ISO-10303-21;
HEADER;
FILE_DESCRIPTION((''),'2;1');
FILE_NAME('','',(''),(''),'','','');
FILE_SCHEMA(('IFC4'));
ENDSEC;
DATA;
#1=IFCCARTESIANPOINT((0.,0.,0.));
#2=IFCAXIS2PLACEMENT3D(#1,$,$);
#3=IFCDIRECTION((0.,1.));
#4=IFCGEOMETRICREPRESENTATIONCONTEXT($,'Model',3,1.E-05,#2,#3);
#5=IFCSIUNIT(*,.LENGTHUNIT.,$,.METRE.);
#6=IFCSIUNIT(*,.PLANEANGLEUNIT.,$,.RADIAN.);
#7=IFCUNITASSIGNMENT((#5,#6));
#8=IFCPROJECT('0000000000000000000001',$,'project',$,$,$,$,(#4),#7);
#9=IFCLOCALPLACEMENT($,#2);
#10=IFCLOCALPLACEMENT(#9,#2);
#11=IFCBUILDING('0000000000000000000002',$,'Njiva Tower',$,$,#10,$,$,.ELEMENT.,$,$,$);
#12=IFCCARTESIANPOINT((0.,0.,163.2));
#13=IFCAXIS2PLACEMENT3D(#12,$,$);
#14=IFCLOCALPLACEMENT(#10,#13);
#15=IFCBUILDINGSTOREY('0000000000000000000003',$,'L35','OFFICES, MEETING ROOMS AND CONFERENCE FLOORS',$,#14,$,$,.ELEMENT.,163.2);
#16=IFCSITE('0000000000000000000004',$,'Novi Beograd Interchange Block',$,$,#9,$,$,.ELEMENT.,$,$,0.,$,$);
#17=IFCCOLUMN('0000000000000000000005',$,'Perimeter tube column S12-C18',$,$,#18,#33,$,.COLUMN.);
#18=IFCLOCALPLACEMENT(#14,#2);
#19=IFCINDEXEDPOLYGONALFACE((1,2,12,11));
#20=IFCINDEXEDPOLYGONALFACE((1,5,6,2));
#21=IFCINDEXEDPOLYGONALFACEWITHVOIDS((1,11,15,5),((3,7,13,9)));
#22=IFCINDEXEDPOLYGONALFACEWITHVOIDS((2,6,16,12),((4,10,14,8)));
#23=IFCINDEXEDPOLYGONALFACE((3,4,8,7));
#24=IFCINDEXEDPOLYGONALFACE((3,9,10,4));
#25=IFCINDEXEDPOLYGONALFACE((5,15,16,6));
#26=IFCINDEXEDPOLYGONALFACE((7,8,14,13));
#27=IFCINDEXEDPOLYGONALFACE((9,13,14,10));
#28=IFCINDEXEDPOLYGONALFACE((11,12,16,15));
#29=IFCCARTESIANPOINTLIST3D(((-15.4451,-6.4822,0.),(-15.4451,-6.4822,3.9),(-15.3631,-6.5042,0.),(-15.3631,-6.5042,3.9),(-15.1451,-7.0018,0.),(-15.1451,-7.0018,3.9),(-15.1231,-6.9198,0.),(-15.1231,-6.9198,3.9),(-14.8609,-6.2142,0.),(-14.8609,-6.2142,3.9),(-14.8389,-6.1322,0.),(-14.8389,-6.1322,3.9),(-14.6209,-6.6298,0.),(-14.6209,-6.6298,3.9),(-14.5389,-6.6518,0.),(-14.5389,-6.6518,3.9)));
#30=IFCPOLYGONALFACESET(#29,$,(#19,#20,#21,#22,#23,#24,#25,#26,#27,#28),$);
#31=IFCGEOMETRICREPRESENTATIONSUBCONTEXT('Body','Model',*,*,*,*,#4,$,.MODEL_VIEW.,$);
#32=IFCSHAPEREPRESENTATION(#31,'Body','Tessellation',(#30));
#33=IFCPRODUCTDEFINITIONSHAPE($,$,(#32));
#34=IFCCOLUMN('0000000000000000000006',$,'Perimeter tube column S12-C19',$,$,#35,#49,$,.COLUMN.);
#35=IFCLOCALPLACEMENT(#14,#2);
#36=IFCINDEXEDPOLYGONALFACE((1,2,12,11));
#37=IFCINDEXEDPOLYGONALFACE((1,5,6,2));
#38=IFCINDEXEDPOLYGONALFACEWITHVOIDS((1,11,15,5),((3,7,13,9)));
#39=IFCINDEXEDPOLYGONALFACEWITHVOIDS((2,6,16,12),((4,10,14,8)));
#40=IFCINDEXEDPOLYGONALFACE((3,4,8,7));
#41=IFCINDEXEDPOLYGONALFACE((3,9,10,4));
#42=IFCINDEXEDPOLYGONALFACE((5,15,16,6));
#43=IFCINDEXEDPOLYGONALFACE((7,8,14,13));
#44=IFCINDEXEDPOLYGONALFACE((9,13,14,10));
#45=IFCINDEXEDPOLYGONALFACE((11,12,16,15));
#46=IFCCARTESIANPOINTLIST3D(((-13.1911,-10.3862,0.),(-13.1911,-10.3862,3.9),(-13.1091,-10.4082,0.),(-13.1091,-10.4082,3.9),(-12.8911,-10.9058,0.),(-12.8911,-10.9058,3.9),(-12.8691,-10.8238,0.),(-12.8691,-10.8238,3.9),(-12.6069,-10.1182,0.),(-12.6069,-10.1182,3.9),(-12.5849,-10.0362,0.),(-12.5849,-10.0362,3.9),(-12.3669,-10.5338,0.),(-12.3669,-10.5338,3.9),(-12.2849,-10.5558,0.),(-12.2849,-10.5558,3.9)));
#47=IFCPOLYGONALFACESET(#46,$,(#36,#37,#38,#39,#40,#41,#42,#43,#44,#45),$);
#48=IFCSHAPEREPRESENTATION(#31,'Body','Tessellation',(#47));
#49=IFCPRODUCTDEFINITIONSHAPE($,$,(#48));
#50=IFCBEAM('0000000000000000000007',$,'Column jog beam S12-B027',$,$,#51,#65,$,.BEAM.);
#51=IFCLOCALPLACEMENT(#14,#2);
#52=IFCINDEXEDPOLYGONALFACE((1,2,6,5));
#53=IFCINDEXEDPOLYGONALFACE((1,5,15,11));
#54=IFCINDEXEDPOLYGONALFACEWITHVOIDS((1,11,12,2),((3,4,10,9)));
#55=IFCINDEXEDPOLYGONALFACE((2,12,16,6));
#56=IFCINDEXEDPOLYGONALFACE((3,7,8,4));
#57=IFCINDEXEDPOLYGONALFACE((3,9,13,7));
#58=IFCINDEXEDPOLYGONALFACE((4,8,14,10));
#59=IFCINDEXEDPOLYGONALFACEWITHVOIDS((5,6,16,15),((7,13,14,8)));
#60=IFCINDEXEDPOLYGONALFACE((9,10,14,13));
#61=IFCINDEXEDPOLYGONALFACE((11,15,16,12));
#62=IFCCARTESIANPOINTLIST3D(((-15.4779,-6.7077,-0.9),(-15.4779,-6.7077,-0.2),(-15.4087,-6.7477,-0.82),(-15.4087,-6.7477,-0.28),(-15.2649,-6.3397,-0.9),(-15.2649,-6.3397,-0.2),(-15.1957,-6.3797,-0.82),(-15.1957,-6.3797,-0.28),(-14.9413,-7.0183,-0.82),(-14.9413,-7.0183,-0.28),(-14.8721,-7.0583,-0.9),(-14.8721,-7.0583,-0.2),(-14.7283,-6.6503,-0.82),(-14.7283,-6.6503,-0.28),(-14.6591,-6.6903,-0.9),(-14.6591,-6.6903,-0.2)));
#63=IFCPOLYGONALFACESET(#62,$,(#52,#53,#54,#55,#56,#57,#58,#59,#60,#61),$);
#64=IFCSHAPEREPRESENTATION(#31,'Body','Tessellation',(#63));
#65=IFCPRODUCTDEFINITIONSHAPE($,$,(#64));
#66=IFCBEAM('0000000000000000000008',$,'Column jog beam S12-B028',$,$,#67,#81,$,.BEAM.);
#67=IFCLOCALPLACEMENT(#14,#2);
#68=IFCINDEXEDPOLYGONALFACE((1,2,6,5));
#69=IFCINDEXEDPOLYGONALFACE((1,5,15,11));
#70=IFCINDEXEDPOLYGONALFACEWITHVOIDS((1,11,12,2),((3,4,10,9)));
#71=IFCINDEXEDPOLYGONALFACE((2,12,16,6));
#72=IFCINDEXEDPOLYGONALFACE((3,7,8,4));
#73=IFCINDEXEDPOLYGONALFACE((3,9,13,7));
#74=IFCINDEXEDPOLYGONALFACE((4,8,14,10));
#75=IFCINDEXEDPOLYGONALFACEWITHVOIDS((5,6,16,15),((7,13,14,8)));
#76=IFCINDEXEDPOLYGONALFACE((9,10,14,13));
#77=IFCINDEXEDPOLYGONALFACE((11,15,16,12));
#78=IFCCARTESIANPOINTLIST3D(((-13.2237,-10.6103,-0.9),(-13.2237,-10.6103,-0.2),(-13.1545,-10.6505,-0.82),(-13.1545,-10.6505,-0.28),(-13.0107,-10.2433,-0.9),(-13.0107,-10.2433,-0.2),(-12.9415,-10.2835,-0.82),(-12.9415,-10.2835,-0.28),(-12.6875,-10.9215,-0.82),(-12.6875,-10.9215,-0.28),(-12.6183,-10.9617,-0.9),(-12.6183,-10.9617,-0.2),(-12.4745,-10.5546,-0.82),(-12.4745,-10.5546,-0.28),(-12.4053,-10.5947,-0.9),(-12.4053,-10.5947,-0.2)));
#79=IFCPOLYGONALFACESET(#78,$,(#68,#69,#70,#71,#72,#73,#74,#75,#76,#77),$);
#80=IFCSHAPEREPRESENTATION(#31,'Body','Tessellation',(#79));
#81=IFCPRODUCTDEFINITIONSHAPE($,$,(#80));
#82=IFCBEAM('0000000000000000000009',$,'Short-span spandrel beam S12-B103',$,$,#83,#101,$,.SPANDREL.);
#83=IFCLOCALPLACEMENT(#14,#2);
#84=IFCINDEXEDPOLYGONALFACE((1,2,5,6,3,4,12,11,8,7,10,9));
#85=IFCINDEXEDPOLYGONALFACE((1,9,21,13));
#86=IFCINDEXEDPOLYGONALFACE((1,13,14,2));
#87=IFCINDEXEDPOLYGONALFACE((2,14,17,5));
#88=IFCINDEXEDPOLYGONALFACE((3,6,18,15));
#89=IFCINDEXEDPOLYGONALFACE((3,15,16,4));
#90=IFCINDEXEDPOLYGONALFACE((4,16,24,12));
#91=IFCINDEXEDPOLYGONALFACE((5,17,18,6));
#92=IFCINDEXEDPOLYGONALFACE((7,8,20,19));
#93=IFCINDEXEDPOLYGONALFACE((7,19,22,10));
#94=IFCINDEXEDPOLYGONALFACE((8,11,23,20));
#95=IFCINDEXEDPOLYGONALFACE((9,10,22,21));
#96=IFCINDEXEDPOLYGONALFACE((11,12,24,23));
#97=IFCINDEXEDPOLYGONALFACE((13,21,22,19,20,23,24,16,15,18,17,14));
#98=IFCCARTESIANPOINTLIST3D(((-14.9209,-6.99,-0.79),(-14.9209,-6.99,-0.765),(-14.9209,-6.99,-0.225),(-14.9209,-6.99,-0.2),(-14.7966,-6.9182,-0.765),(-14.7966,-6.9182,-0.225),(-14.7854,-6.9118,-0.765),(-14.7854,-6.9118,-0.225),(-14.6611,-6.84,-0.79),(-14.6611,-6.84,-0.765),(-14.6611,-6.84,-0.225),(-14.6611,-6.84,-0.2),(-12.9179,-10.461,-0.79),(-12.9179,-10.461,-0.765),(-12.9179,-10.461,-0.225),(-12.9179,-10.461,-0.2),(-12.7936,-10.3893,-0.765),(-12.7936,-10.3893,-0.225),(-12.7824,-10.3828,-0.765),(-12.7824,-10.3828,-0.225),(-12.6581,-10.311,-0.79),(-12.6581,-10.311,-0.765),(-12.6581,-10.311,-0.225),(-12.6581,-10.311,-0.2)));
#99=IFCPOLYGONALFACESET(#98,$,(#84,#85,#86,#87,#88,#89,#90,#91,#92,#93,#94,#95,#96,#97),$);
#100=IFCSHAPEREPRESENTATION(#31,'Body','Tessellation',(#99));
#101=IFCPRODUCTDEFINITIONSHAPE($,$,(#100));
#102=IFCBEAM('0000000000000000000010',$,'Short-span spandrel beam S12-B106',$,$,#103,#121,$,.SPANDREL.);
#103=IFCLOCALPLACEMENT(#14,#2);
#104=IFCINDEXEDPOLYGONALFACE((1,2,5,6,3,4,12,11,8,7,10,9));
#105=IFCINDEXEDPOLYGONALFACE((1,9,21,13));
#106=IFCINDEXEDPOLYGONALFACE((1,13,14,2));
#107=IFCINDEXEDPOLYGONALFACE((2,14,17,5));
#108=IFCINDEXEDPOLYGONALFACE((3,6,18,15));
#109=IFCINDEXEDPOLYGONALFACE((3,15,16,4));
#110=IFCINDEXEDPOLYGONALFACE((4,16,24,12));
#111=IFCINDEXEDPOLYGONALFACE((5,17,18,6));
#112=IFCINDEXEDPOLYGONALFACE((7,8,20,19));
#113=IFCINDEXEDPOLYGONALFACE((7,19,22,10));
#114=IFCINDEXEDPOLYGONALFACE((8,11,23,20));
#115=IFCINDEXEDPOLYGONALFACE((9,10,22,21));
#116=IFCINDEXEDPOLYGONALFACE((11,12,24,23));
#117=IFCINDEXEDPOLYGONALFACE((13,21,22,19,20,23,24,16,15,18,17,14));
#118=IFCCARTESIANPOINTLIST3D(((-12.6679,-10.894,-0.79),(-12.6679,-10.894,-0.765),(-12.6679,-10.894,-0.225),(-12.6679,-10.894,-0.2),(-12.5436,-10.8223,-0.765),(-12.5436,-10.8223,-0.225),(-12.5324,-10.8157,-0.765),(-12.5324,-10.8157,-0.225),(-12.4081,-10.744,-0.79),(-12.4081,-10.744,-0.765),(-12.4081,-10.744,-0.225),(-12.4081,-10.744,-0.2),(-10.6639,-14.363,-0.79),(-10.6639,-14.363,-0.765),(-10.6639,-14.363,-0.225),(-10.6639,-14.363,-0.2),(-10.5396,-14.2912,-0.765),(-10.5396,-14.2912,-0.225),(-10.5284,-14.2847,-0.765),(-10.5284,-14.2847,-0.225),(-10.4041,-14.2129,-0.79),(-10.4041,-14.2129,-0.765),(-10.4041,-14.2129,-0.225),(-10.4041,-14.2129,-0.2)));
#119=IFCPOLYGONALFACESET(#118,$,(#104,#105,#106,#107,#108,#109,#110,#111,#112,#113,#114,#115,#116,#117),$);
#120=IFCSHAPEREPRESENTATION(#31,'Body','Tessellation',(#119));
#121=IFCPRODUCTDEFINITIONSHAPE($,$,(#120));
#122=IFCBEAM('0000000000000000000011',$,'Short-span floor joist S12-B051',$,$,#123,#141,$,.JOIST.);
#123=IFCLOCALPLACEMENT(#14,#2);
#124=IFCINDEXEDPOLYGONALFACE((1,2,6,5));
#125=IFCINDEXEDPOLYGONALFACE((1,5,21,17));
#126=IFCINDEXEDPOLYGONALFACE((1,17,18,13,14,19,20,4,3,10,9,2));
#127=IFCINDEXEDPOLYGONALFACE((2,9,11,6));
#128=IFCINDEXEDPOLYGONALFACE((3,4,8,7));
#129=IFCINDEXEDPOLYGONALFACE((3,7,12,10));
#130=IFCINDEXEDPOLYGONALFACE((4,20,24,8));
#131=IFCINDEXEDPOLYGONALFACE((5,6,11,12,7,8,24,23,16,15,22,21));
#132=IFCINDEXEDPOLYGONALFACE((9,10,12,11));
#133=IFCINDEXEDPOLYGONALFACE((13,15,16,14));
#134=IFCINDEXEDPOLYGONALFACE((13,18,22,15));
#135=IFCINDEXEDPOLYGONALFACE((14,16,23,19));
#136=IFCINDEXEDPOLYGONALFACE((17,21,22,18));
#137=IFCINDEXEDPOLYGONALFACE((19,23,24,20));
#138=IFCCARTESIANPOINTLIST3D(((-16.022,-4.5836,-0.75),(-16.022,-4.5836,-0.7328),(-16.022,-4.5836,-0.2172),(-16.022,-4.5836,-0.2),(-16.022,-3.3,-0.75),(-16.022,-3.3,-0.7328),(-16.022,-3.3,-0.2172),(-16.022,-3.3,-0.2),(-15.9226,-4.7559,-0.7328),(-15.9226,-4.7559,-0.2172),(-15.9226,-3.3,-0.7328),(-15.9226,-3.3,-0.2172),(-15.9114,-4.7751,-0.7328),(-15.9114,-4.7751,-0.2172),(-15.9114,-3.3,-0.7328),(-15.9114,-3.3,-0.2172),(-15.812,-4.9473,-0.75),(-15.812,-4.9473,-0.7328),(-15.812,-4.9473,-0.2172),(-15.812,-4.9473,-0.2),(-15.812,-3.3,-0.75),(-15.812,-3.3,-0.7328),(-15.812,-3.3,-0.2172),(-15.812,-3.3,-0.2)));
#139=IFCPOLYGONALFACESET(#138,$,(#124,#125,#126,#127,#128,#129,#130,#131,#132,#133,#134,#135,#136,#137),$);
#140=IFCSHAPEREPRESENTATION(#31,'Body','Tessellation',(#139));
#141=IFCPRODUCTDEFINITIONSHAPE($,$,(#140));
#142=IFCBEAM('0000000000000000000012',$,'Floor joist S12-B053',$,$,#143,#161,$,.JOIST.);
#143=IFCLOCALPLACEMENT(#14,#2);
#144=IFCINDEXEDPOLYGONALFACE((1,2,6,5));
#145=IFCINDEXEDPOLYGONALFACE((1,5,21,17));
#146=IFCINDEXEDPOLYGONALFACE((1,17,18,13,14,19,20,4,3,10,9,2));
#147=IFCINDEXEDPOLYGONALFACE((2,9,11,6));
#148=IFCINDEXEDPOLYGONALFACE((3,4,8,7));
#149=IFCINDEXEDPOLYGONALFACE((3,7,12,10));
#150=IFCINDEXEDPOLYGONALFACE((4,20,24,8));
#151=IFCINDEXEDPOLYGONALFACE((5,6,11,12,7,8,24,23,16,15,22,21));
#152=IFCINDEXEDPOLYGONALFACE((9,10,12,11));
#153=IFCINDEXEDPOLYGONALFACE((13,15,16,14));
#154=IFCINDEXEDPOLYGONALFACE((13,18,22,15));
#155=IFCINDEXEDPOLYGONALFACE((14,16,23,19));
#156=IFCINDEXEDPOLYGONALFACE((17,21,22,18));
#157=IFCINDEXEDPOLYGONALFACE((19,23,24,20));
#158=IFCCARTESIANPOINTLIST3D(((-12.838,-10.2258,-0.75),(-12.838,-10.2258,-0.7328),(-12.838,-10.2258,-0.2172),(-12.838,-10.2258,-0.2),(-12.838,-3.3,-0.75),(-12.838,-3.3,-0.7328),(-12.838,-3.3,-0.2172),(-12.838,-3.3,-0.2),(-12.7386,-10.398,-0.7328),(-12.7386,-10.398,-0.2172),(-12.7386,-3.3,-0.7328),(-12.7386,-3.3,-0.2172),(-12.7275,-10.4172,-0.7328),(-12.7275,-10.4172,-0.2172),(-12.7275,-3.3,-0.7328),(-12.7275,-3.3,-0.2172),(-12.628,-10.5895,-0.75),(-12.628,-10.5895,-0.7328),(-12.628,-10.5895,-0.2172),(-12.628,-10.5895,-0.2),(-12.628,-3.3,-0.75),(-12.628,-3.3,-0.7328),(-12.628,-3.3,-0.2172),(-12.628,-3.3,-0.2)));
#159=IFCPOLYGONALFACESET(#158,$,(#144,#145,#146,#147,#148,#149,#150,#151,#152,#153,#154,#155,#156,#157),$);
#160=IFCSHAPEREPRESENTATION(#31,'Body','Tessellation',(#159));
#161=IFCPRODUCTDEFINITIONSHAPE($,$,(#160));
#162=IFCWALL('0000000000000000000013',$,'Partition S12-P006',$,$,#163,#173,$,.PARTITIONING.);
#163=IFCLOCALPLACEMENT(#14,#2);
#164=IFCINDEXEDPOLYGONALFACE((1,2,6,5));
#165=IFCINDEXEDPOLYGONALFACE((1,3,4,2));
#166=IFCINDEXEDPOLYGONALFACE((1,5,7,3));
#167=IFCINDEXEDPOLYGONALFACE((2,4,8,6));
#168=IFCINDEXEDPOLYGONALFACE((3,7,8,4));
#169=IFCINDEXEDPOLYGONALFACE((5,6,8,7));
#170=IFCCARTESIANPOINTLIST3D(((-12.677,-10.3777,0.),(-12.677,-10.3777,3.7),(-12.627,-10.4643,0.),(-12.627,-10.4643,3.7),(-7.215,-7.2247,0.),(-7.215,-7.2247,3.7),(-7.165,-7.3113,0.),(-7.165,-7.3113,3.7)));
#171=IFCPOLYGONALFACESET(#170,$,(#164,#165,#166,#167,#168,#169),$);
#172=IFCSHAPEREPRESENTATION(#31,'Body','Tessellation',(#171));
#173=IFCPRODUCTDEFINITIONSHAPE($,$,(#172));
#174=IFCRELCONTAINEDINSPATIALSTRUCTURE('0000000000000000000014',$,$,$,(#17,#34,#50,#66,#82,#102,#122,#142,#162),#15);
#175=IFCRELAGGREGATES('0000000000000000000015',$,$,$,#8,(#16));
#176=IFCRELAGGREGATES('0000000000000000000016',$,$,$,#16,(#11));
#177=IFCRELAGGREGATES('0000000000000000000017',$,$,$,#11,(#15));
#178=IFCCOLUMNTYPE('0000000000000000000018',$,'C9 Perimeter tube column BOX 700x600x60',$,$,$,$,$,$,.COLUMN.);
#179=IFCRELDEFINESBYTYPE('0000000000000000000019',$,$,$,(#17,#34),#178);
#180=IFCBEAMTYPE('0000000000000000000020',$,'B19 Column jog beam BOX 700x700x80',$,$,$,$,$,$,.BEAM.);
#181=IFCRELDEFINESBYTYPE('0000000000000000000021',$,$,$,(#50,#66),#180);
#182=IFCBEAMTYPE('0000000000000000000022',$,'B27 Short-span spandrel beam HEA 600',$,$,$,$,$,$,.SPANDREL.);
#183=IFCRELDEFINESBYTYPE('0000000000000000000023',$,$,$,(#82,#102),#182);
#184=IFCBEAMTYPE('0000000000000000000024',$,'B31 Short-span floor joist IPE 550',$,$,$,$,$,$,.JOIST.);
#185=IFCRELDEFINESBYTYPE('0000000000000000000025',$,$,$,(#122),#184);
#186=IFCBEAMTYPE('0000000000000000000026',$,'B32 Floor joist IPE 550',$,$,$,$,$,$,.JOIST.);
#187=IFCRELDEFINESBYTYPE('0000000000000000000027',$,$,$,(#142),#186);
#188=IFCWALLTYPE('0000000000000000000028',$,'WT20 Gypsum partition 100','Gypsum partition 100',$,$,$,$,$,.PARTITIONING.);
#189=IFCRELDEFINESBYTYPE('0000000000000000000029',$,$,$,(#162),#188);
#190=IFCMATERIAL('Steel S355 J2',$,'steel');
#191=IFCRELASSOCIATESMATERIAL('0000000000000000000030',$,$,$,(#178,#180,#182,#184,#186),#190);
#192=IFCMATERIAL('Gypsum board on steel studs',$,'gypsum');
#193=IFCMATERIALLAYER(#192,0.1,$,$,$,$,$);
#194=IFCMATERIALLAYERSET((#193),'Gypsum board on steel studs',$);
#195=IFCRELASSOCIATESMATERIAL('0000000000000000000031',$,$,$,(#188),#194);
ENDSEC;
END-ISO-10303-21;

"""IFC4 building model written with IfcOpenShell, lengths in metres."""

from ifc_helpers import new_model, si_unit, direction, frame, frame_2d, origin, origin_2d, place, context, subcontext, project, spatial, rectangle, hollow_rectangle, i_section, extrude, clip, halfspace, material, layer, layer_set, material_profile, profile_set, type_object, element, save


model = new_model("IFC4")

# Units and contexts
model_context = context("Model", 3, precision=1e-05, world=origin(), true_north=direction((0.0, 1.0)))
body_context = subcontext(model_context, "Body", "Model", "MODEL_VIEW")
ifc_project = project(units=[si_unit("LENGTHUNIT", "METRE"), si_unit("PLANEANGLEUNIT", "RADIAN")], contexts=[model_context])

# Site, building, storey
site_placement = place(None, origin())
site = spatial("IfcSite", under=ifc_project, at=site_placement, Name="Novi Beograd Interchange Block", CompositionType="ELEMENT", RefElevation=0.0)
building_placement = place(site_placement, origin())
building = spatial("IfcBuilding", under=site, at=building_placement, Name="Njiva Tower", CompositionType="ELEMENT")
storey_placement = place(building_placement, frame((0.0, 0.0, 163.2)))
storey = spatial("IfcBuildingStorey", under=building, at=storey_placement, Name="L35", Description="OFFICES, MEETING ROOMS AND CONFERENCE FLOORS", CompositionType="ELEMENT", Elevation=163.2)

# Columns
ifc_material_1 = material(Name="Steel S355 J2", Category="steel")
ifc_material_profile_1 = material_profile(ifc_material_1, hollow_rectangle(XDim=0.6, YDim=0.7, WallThickness=0.06, at=origin_2d()), Name="BOX 700x600x60")
ifc_profile_set_1 = profile_set([ifc_material_profile_1], Name="Steel S355 J2")
column_type = type_object("IfcColumnType", Name="C9 Perimeter tube column BOX 700x600x60", PredefinedType="COLUMN", material=ifc_profile_set_1)
for number, where, z_axis, x_axis, name in (
    (1, (-14.992, -6.567, 0.0), (0.0, 0.0, 1.0), (0.5, -0.866025, 0.0), "Perimeter tube column S12-C18"),
    (2, (-12.738, -10.471, 0.0), (0.0, 0.0, 1.0), (0.5, -0.866025, 0.0), "Perimeter tube column S12-C19"),
):
    element("IfcColumn", number, at=place(storey_placement, frame(where, z_axis=z_axis, x_axis=x_axis)), inside=storey, type_object=column_type, Name=name, PredefinedType="COLUMN", context=body_context, shape_type="SweptSolid", body=[
        extrude(hollow_rectangle(XDim=0.6, YDim=0.7, WallThickness=0.06, at=origin_2d()), origin(), (0.0, 0.0, 1.0), 3.9),
    ])

# Beams
ifc_material_profile_2 = material_profile(ifc_material_1, hollow_rectangle(XDim=0.7, YDim=0.7, WallThickness=0.08, at=origin_2d()), Name="BOX 700x700x80")
ifc_profile_set_2 = profile_set([ifc_material_profile_2], Name="Steel S355 J2")
beam_type_1 = type_object("IfcBeamType", Name="B19 Column jog beam BOX 700x700x80", PredefinedType="BEAM", material=ifc_profile_set_2)
beam_1_placement = place(storey_placement, frame((-15.175, -6.883, -0.55), z_axis=(0.500944, 0.86548, 0.0), x_axis=(-0.86548, 0.500944, 0.0)))
element("IfcBeam", 3, at=beam_1_placement, inside=storey, type_object=beam_type_1, Name="Column jog beam S12-B027", PredefinedType="BEAM", context=body_context, shape_type="SweptSolid", body=[
    extrude(hollow_rectangle(XDim=0.7, YDim=0.7, WallThickness=0.08, at=origin_2d()), origin(), (0.0, 0.0, 1.0), 0.4252),
])
beam_2_placement = place(storey_placement, frame((-12.921, -10.786, -0.55), z_axis=(0.501965, 0.864888, 0.0), x_axis=(-0.864888, 0.501965, 0.0)))
element("IfcBeam", 4, at=beam_2_placement, inside=storey, type_object=beam_type_1, Name="Column jog beam S12-B028", PredefinedType="BEAM", context=body_context, shape_type="SweptSolid", body=[
    extrude(hollow_rectangle(XDim=0.7, YDim=0.7, WallThickness=0.08, at=origin_2d()), origin(), (0.0, 0.0, 1.0), 0.4243),
])
ifc_material_profile_3 = material_profile(ifc_material_1, i_section(OverallWidth=0.3, OverallDepth=0.59, WebThickness=0.013, FlangeThickness=0.025, at=origin_2d()), Name="HEA 600")
ifc_profile_set_3 = profile_set([ifc_material_profile_3], Name="Steel S355 J2")
beam_type_2 = type_object("IfcBeamType", Name="B27 Short-span spandrel beam HEA 600", PredefinedType="SPANDREL", material=ifc_profile_set_3)
beam_3_placement = place(storey_placement, frame((-14.791, -6.915, -0.495), z_axis=(0.499816, -0.866132, 0.0), x_axis=(0.866132, 0.499816, 0.0)))
element("IfcBeam", 5, at=beam_3_placement, inside=storey, type_object=beam_type_2, Name="Short-span spandrel beam S12-B103", PredefinedType="SPANDREL", context=body_context, shape_type="SweptSolid", body=[
    extrude(i_section(OverallWidth=0.3, OverallDepth=0.59, WebThickness=0.013, FlangeThickness=0.025, at=origin_2d()), origin(), (0.0, 0.0, 1.0), 4.0075),
])
beam_4_placement = place(storey_placement, frame((-12.538, -10.819, -0.495), z_axis=(0.500219, -0.865899, 0.0), x_axis=(0.865899, 0.500219, 0.0)))
element("IfcBeam", 6, at=beam_4_placement, inside=storey, type_object=beam_type_2, Name="Short-span spandrel beam S12-B106", PredefinedType="SPANDREL", context=body_context, shape_type="SweptSolid", body=[
    extrude(i_section(OverallWidth=0.3, OverallDepth=0.59, WebThickness=0.013, FlangeThickness=0.025, at=origin_2d()), origin(), (0.0, 0.0, 1.0), 4.0062),
])
ifc_material_profile_4 = material_profile(ifc_material_1, i_section(OverallWidth=0.21, OverallDepth=0.55, WebThickness=0.0111, FlangeThickness=0.0172, at=origin_2d()), Name="IPE 550")
ifc_profile_set_4 = profile_set([ifc_material_profile_4], Name="Steel S355 J2")
beam_type_3 = type_object("IfcBeamType", Name="B31 Short-span floor joist IPE 550", PredefinedType="JOIST", material=ifc_profile_set_4)
beam_5_placement = place(storey_placement, frame((-15.917, -3.3, -0.475), z_axis=(0.0, -1.0, 0.0), x_axis=(1.0, 0.0, 0.0)))
element("IfcBeam", 7, at=beam_5_placement, inside=storey, type_object=beam_type_3, Name="Short-span floor joist S12-B051", PredefinedType="JOIST", context=body_context, shape_type="Clipping", body=[
    clip(extrude(i_section(OverallWidth=0.21, OverallDepth=0.55, WebThickness=0.0111, FlangeThickness=0.0172, at=origin_2d()), origin(), (0.0, 0.0, 1.0), 1.668), halfspace(frame((-0.043, 0.0, 1.391), z_axis=(-0.866027, 0.0, 0.499998), x_axis=(0.0, 1.0, 0.0)), False)),
])
ifc_material_profile_5 = material_profile(ifc_material_1, i_section(OverallWidth=0.21, OverallDepth=0.55, WebThickness=0.0111, FlangeThickness=0.0172, at=origin_2d()), Name="IPE 550")
ifc_profile_set_5 = profile_set([ifc_material_profile_5], Name="Steel S355 J2")
beam_type_4 = type_object("IfcBeamType", Name="B32 Floor joist IPE 550", PredefinedType="JOIST", material=ifc_profile_set_5)
beam_6_placement = place(storey_placement, frame((-12.733, -3.3, -0.475), z_axis=(0.0, -1.0, 0.0), x_axis=(1.0, 0.0, 0.0)))
element("IfcBeam", 8, at=beam_6_placement, inside=storey, type_object=beam_type_4, Name="Floor joist S12-B053", PredefinedType="JOIST", context=body_context, shape_type="Clipping", body=[
    clip(extrude(i_section(OverallWidth=0.21, OverallDepth=0.55, WebThickness=0.0111, FlangeThickness=0.0172, at=origin_2d()), origin(), (0.0, 0.0, 1.0), 7.309), halfspace(frame((-0.0436, 0.0, 7.0321), z_axis=(-0.866027, 0.0, 0.499998), x_axis=(0.0, 1.0, 0.0)), False)),
])

# Wall
ifc_material_2 = material(Name="Gypsum board on steel studs", Category="gypsum")
ifc_layer_1 = layer(ifc_material_2, 0.1)
ifc_layer_set_1 = layer_set([ifc_layer_1], Name="Gypsum board on steel studs")
wall_type_1 = type_object("IfcWallType", Name="WT20 Gypsum partition 100", Description="Gypsum partition 100", PredefinedType="PARTITIONING", material=ifc_layer_set_1)
wall_1_placement = place(storey_placement, frame((-12.652, -10.421, 0.0), z_axis=(0.0, 0.0, 1.0), x_axis=(0.866059, 0.499942, 0.0)))
element("IfcWall", 9, at=wall_1_placement, inside=storey, type_object=wall_type_1, Name="Partition S12-P006", PredefinedType="PARTITIONING", context=body_context, shape_type="SweptSolid", body=[
    extrude(rectangle(XDim=6.3067, YDim=0.1, at=frame_2d((3.1534, 0.0))), origin(), (0.0, 0.0, 1.0), 3.7),
])

save(model, "model.ifc")
